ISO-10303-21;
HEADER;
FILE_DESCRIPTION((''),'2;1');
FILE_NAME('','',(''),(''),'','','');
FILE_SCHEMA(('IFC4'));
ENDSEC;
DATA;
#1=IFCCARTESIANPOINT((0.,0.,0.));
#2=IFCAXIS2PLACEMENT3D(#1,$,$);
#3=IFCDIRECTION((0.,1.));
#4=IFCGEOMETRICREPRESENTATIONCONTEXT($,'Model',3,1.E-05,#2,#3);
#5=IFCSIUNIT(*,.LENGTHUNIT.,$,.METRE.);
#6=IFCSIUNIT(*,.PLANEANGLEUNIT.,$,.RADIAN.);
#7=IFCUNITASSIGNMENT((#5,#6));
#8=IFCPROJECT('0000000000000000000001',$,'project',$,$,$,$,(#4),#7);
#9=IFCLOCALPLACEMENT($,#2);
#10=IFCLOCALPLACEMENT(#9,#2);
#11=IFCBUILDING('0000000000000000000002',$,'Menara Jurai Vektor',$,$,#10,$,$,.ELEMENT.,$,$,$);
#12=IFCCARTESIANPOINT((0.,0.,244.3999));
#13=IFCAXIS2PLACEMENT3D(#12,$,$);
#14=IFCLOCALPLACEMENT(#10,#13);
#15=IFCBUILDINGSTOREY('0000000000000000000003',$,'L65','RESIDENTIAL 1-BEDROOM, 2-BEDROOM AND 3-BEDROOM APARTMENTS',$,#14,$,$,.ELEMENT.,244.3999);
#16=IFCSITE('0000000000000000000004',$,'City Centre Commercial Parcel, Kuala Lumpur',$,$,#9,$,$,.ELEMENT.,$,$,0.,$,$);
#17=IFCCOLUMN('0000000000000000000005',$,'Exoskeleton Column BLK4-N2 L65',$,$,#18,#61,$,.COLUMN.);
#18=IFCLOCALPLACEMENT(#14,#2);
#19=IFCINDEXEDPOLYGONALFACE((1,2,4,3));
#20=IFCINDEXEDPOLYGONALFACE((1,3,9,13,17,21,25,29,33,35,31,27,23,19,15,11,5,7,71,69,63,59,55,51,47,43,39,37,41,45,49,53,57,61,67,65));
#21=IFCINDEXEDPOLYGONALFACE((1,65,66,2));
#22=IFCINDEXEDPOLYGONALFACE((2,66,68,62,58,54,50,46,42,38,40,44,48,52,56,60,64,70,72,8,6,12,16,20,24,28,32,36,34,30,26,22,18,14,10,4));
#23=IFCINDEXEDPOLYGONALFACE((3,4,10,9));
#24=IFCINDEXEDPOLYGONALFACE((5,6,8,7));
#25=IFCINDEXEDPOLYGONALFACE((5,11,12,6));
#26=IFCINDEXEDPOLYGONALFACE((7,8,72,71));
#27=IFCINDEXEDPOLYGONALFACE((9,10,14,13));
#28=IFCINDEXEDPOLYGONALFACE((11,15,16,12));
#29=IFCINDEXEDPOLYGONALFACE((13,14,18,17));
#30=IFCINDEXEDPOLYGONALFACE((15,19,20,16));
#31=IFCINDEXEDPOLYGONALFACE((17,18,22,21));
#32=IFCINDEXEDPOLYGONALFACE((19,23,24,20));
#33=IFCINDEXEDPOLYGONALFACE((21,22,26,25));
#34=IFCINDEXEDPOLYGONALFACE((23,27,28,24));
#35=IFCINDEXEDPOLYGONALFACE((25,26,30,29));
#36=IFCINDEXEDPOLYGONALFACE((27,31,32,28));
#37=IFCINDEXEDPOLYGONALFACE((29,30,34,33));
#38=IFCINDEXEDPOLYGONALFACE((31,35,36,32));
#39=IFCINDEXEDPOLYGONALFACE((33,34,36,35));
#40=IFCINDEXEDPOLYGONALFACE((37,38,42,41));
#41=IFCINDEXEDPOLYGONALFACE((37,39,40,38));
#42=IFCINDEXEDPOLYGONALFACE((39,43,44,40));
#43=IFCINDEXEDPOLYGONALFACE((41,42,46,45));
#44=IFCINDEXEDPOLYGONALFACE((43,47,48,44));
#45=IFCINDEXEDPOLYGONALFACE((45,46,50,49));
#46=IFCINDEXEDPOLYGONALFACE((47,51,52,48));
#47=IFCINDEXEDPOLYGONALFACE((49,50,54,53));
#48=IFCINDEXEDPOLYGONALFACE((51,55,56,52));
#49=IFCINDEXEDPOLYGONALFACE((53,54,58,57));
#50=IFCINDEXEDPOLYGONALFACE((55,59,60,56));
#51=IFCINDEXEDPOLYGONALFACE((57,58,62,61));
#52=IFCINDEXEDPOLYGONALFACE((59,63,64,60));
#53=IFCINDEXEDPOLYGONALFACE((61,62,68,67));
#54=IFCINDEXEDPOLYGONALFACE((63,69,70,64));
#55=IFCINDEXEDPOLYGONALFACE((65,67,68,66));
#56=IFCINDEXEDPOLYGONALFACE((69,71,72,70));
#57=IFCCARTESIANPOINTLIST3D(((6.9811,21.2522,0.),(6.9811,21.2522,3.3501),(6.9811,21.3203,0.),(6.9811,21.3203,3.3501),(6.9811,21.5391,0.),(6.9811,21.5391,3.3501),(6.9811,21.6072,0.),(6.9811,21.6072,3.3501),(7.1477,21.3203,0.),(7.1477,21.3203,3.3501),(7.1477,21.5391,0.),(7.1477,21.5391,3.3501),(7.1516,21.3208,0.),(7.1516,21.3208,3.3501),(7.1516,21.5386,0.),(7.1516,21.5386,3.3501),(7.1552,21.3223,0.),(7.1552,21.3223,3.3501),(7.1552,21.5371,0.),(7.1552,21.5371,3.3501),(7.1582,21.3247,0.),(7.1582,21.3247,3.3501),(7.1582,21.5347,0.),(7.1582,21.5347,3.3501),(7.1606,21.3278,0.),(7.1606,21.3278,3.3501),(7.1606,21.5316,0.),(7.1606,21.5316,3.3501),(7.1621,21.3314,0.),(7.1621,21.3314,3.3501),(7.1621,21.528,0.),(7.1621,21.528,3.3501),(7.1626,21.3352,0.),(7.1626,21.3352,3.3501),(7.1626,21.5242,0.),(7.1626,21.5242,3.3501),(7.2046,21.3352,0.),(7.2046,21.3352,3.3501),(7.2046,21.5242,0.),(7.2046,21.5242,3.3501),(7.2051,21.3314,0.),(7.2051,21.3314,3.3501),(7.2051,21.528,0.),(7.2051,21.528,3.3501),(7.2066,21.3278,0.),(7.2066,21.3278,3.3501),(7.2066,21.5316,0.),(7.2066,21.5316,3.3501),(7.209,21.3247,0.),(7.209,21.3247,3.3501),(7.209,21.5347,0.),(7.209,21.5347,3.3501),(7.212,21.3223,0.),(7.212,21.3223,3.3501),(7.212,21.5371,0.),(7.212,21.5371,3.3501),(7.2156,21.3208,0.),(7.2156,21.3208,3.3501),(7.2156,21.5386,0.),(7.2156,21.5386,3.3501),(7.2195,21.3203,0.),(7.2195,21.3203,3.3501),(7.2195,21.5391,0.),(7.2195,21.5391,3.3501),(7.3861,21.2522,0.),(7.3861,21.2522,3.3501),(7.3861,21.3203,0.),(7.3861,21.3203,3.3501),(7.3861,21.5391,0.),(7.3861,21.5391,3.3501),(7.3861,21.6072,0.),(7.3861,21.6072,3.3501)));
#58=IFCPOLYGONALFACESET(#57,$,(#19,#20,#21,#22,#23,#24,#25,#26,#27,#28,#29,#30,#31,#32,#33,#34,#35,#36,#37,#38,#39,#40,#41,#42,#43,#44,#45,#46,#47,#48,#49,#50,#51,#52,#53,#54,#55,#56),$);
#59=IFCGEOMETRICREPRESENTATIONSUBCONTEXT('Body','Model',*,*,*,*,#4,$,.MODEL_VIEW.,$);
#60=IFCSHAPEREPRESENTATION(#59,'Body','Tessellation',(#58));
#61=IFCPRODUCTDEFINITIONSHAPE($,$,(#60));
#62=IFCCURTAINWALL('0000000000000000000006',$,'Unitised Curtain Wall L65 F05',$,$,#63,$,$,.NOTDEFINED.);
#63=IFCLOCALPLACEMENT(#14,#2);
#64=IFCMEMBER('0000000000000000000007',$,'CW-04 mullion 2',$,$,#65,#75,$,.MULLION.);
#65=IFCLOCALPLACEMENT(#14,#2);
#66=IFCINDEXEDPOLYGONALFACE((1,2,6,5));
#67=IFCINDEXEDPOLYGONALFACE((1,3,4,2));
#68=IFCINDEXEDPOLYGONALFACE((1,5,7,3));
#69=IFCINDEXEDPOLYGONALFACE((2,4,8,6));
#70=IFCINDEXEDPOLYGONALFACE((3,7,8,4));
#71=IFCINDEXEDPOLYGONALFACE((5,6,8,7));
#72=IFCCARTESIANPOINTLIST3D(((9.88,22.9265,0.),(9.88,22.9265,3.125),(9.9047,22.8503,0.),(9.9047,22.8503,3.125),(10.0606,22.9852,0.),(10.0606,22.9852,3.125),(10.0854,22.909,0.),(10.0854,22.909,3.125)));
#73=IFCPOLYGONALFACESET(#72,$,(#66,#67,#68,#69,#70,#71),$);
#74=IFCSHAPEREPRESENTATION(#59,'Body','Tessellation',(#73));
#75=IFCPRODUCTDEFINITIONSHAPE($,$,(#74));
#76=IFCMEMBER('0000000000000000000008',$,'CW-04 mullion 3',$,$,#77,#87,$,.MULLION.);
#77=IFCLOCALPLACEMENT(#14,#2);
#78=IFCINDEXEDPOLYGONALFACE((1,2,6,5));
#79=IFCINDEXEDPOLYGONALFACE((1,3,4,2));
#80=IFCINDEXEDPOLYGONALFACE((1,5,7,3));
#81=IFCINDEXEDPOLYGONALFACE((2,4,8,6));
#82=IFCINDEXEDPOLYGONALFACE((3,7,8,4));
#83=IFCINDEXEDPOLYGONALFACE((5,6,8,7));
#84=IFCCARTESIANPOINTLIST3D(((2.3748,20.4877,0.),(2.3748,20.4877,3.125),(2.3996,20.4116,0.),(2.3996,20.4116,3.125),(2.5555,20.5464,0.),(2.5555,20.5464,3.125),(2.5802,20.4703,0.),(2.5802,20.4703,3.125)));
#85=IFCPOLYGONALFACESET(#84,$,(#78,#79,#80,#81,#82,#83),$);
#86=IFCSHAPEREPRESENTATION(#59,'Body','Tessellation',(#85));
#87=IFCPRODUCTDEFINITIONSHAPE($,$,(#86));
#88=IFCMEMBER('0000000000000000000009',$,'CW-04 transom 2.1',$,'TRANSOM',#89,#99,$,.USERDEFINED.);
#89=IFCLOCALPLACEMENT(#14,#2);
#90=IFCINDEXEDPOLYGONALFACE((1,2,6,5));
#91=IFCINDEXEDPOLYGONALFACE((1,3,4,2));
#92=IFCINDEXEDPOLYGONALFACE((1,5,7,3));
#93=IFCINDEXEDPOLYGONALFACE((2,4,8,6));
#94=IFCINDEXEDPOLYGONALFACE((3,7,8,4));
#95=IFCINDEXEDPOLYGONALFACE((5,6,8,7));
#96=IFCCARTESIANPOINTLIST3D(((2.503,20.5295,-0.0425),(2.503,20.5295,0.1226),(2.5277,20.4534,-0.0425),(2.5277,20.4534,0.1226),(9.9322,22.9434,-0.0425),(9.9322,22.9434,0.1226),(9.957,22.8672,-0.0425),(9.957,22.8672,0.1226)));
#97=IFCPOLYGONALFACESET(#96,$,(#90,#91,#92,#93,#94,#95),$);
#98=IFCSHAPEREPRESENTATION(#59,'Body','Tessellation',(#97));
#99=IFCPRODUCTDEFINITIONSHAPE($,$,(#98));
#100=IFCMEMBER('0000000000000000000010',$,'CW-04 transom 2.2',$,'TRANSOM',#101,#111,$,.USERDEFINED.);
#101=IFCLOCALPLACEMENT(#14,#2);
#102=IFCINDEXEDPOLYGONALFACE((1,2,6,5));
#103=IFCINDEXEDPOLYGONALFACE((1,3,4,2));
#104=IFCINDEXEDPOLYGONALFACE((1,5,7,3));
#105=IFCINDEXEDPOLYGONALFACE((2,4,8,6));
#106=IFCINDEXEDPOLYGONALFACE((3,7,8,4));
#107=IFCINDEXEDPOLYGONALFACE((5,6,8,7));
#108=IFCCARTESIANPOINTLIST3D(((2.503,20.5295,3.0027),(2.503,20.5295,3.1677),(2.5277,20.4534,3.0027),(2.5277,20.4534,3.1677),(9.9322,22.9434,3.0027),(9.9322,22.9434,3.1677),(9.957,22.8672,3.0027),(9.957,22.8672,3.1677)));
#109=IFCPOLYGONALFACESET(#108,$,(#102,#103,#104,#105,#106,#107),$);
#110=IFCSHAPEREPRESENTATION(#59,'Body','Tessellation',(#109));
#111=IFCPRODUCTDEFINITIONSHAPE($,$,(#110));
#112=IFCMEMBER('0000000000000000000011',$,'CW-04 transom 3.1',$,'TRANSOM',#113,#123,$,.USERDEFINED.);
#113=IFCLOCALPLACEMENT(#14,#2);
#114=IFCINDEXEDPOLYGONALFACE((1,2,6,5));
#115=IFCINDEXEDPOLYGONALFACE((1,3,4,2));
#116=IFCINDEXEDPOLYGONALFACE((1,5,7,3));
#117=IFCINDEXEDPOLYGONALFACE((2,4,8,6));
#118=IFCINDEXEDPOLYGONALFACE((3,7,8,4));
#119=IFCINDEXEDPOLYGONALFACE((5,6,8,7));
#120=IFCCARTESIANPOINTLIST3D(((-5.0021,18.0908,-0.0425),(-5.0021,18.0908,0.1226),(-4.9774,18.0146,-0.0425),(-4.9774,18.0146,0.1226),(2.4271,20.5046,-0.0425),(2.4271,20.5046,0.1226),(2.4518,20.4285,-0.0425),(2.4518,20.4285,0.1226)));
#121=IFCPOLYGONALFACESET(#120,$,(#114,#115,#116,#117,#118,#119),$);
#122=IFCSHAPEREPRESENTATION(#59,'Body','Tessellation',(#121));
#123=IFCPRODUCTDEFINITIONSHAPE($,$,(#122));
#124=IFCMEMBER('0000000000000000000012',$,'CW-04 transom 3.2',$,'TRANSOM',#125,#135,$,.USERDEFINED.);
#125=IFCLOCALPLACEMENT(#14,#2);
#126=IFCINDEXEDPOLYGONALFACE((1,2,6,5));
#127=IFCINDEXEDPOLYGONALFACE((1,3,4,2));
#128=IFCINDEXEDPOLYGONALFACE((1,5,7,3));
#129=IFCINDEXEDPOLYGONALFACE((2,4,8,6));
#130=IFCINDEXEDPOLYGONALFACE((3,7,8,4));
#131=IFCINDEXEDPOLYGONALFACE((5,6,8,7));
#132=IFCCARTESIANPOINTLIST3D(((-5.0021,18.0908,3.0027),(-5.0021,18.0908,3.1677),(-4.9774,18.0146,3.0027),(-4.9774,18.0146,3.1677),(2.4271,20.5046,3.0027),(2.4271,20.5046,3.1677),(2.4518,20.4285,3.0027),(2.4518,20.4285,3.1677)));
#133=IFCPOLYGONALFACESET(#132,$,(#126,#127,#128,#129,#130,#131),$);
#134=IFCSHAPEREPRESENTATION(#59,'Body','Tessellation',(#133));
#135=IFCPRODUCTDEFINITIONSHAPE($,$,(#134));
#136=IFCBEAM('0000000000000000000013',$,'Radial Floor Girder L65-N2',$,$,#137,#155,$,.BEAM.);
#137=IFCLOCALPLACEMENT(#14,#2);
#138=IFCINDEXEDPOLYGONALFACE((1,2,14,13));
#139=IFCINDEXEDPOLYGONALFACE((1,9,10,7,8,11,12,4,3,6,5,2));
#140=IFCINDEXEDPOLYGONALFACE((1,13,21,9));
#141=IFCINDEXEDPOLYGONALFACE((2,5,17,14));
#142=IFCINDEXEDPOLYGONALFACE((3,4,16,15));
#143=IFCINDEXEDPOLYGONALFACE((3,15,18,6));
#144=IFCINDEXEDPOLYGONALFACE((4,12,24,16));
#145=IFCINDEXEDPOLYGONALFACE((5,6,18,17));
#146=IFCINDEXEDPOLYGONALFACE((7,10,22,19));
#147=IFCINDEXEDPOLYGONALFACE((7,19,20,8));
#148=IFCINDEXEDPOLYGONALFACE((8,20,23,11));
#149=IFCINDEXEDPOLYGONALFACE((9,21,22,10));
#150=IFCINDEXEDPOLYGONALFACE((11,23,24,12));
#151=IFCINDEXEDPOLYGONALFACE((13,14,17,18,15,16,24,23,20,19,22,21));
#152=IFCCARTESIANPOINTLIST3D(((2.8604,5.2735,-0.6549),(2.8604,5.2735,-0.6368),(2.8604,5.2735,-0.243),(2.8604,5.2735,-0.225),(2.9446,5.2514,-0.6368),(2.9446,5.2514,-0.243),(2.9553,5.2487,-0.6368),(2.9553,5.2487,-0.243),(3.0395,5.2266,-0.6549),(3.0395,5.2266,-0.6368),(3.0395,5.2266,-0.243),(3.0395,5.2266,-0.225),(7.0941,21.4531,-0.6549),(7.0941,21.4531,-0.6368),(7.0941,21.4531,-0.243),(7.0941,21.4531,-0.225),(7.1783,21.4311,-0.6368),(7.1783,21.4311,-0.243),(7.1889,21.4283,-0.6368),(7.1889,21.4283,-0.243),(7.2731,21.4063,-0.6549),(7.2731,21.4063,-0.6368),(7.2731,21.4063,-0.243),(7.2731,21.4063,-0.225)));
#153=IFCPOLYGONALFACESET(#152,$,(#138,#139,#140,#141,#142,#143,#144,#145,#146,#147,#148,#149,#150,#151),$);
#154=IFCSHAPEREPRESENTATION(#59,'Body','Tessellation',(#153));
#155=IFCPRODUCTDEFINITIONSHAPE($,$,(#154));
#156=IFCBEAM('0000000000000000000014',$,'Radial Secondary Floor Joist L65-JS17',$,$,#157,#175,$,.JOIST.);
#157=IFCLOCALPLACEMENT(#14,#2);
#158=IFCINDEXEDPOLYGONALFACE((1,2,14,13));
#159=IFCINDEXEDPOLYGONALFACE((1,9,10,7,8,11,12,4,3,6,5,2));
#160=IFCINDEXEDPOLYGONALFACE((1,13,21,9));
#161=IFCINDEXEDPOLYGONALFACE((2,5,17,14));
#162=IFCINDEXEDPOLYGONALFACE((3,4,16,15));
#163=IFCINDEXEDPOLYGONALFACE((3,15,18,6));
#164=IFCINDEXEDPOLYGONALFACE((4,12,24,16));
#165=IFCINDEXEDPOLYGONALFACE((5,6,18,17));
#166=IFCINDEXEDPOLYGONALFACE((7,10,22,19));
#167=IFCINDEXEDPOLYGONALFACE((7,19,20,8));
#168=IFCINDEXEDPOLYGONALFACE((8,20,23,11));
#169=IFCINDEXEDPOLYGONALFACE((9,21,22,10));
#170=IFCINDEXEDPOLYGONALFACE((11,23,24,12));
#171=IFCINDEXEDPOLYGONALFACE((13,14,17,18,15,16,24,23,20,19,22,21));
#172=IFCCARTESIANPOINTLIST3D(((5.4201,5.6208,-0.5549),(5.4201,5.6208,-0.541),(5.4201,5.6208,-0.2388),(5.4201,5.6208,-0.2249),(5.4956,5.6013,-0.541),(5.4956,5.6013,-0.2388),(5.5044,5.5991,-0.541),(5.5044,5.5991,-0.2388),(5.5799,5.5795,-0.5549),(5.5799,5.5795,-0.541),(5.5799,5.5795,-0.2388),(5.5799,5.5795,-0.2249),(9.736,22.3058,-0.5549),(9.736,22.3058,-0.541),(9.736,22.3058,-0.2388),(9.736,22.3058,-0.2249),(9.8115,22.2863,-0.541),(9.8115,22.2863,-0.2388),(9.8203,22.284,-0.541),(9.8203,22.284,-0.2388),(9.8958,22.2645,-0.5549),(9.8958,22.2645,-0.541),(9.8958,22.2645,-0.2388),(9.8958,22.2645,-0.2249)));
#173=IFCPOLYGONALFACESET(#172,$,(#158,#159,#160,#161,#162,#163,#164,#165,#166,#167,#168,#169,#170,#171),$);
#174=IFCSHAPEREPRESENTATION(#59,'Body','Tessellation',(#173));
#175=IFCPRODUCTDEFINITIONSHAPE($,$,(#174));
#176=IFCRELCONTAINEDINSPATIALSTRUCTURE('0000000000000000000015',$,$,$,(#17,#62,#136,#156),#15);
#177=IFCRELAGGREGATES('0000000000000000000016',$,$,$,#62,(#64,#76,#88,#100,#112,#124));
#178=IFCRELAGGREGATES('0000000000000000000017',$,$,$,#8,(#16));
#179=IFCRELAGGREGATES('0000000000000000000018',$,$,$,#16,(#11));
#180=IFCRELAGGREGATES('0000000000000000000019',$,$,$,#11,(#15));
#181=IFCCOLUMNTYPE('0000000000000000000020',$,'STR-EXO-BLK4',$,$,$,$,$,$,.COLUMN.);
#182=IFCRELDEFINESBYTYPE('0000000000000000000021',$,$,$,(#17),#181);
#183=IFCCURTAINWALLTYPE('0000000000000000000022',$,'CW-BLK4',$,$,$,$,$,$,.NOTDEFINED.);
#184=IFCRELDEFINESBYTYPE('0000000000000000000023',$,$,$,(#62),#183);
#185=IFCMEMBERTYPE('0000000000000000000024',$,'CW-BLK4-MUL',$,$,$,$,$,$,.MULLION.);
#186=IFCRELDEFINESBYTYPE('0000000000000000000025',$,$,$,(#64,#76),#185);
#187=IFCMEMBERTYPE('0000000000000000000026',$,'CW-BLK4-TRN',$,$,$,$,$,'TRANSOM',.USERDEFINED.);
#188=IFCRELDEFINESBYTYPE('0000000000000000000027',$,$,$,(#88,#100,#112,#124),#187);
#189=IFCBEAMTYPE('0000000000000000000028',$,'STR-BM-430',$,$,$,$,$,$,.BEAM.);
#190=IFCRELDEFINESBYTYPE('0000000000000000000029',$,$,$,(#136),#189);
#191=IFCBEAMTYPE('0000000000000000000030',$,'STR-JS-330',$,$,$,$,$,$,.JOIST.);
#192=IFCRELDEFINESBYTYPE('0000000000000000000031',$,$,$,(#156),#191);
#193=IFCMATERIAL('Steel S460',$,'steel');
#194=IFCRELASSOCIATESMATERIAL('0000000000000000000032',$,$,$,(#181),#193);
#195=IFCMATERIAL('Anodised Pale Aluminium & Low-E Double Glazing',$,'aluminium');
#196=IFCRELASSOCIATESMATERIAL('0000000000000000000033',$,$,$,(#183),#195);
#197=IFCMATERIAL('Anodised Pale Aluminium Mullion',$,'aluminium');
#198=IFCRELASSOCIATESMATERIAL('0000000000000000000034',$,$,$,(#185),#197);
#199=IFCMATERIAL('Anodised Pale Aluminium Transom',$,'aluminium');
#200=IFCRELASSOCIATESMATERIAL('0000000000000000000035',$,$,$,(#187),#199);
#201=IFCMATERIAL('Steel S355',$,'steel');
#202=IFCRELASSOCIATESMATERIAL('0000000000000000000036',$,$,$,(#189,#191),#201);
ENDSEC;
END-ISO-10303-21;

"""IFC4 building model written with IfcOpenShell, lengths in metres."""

from ifc_helpers import new_model, si_unit, direction, frame, origin, origin_2d, place, context, subcontext, project, spatial, rectangle, i_section, extrude, material, material_profile, profile_set, type_object, element, aggregate, save


model = new_model("IFC4")

# Units and contexts
model_context = context("Model", 3, precision=1e-05, world=origin(), true_north=direction((0.0, 1.0)))
body_context = subcontext(model_context, "Body", "Model", "MODEL_VIEW")
ifc_project = project(units=[si_unit("LENGTHUNIT", "METRE"), si_unit("PLANEANGLEUNIT", "RADIAN")], contexts=[model_context])

# Site, building, storey
site_placement = place(None, origin())
site = spatial("IfcSite", under=ifc_project, at=site_placement, Name="City Centre Commercial Parcel, Kuala Lumpur", CompositionType="ELEMENT", RefElevation=0.0)
building_placement = place(site_placement, origin())
building = spatial("IfcBuilding", under=site, at=building_placement, Name="Menara Jurai Vektor", CompositionType="ELEMENT")
storey_placement = place(building_placement, frame((0.0, 0.0, 244.3999)))
storey = spatial("IfcBuildingStorey", under=building, at=storey_placement, Name="L65", Description="RESIDENTIAL 1-BEDROOM, 2-BEDROOM AND 3-BEDROOM APARTMENTS", CompositionType="ELEMENT", Elevation=244.3999)

# Column
ifc_material_1 = material(Name="Steel S460", Category="steel")
ifc_material_profile_1 = material_profile(ifc_material_1, i_section(OverallWidth=0.405, OverallDepth=0.355, WebThickness=0.042, FlangeThickness=0.0681, FilletRadius=0.0149, at=origin_2d()), Name="HD 400x551")
ifc_profile_set_1 = profile_set([ifc_material_profile_1], Name="Steel S460")
column_type = type_object("IfcColumnType", Name="STR-EXO-BLK4", PredefinedType="COLUMN", material=ifc_profile_set_1)
column_placement = place(storey_placement, frame((7.1836, 21.4297, 0.0), z_axis=(0.0, 0.0, 1.0), x_axis=(1.0, 0.0, 0.0)))
element("IfcColumn", 1, at=column_placement, inside=storey, type_object=column_type, Name="Exoskeleton Column BLK4-N2 L65", PredefinedType="COLUMN", context=body_context, shape_type="SweptSolid", body=[
    extrude(i_section(OverallWidth=0.405, OverallDepth=0.355, WebThickness=0.042, FlangeThickness=0.0681, FilletRadius=0.0149, at=origin_2d()), origin(), (0.0, 0.0, 1.0), 3.3501),
])

# Curtain wall, members
ifc_material_2 = material(Name="Anodised Pale Aluminium & Low-E Double Glazing", Category="aluminium")
curtain_wall_type = type_object("IfcCurtainWallType", Name="CW-BLK4", PredefinedType="NOTDEFINED", material=ifc_material_2)
curtain_wall_placement = place(storey_placement, origin())
curtain_wall = element("IfcCurtainWall", 2, at=curtain_wall_placement, inside=storey, type_object=curtain_wall_type, Name="Unitised Curtain Wall L65 F05", PredefinedType="NOTDEFINED")
ifc_material_3 = material(Name="Anodised Pale Aluminium Mullion", Category="aluminium")
ifc_material_profile_2 = material_profile(ifc_material_3, rectangle(XDim=0.0801, YDim=0.1899, at=origin_2d()), Name="ALU MUL 80x190")
ifc_profile_set_2 = profile_set([ifc_material_profile_2], Name="Anodised Pale Aluminium Mullion")
member_type_1 = type_object("IfcMemberType", Name="CW-BLK4-MUL", PredefinedType="MULLION", material=ifc_profile_set_2)
member_1_placement = place(storey_placement, frame((9.9827, 22.9177, 0.0), z_axis=(0.0, 0.0, 1.0), x_axis=(0.309017, -0.951056, 0.0)))
member_1 = element("IfcMember", 3, at=member_1_placement, type_object=member_type_1, Name="CW-04 mullion 2", PredefinedType="MULLION", context=body_context, shape_type="SweptSolid", body=[
    extrude(rectangle(XDim=0.0801, YDim=0.1899, at=origin_2d()), origin(), (0.0, 0.0, 1.0), 3.125),
])
member_2_placement = place(storey_placement, frame((2.4775, 20.479, 0.0), z_axis=(0.0, 0.0, 1.0), x_axis=(0.309017, -0.951056, 0.0)))
member_2 = element("IfcMember", 4, at=member_2_placement, type_object=member_type_1, Name="CW-04 mullion 3", PredefinedType="MULLION", context=body_context, shape_type="SweptSolid", body=[
    extrude(rectangle(XDim=0.0801, YDim=0.1899, at=origin_2d()), origin(), (0.0, 0.0, 1.0), 3.125),
])
ifc_material_4 = material(Name="Anodised Pale Aluminium Transom", Category="aluminium")
ifc_material_profile_3 = material_profile(ifc_material_4, rectangle(XDim=0.0801, YDim=0.165, at=origin_2d()), Name="ALU TRN 80x165")
ifc_profile_set_3 = profile_set([ifc_material_profile_3], Name="Anodised Pale Aluminium Transom")
member_type_2 = type_object("IfcMemberType", Name="CW-BLK4-TRN", ElementType="TRANSOM", PredefinedType="USERDEFINED", material=ifc_profile_set_3)
member_3_placement = place(storey_placement, frame((9.9446, 22.9053, 0.04), z_axis=(-0.951059, -0.309008, 0.0), x_axis=(0.309008, -0.951059, 0.0)))
member_3 = element("IfcMember", 5, at=member_3_placement, type_object=member_type_2, Name="CW-04 transom 2.1", ObjectType="TRANSOM", PredefinedType="USERDEFINED", context=body_context, shape_type="SweptSolid", body=[
    extrude(rectangle(XDim=0.0801, YDim=0.165, at=origin_2d()), origin(), (0.0, 0.0, 1.0), 7.8115),
])
member_4_placement = place(storey_placement, frame((9.9446, 22.9053, 3.0852), z_axis=(-0.951059, -0.309008, 0.0), x_axis=(0.309008, -0.951059, 0.0)))
member_4 = element("IfcMember", 6, at=member_4_placement, type_object=member_type_2, Name="CW-04 transom 2.2", ObjectType="TRANSOM", PredefinedType="USERDEFINED", context=body_context, shape_type="SweptSolid", body=[
    extrude(rectangle(XDim=0.0801, YDim=0.165, at=origin_2d()), origin(), (0.0, 0.0, 1.0), 7.8115),
])
member_5_placement = place(storey_placement, frame((2.4395, 20.4666, 0.04), z_axis=(-0.951059, -0.309008, 0.0), x_axis=(0.309008, -0.951059, 0.0)))
member_5 = element("IfcMember", 7, at=member_5_placement, type_object=member_type_2, Name="CW-04 transom 3.1", ObjectType="TRANSOM", PredefinedType="USERDEFINED", context=body_context, shape_type="SweptSolid", body=[
    extrude(rectangle(XDim=0.0801, YDim=0.165, at=origin_2d()), origin(), (0.0, 0.0, 1.0), 7.8115),
])
member_6_placement = place(storey_placement, frame((2.4395, 20.4666, 3.0852), z_axis=(-0.951059, -0.309008, 0.0), x_axis=(0.309008, -0.951059, 0.0)))
member_6 = element("IfcMember", 8, at=member_6_placement, type_object=member_type_2, Name="CW-04 transom 3.2", ObjectType="TRANSOM", PredefinedType="USERDEFINED", context=body_context, shape_type="SweptSolid", body=[
    extrude(rectangle(XDim=0.0801, YDim=0.165, at=origin_2d()), origin(), (0.0, 0.0, 1.0), 7.8115),
])

# Beams
ifc_material_5 = material(Name="Steel S355", Category="steel")
ifc_material_profile_4 = material_profile(ifc_material_5, i_section(OverallWidth=0.1851, OverallDepth=0.4299, WebThickness=0.011, FlangeThickness=0.0181, at=origin_2d()), Name="PG 430x185x76")
ifc_profile_set_4 = profile_set([ifc_material_profile_4], Name="Steel S355")
beam_type_1 = type_object("IfcBeamType", Name="STR-BM-430", PredefinedType="BEAM", material=ifc_profile_set_4)
beam_1_placement = place(storey_placement, frame((7.1836, 21.4297, -0.4399), z_axis=(-0.253141, -0.967429, 0.0), x_axis=(0.967429, -0.253141, 0.0)))
element("IfcBeam", 9, at=beam_1_placement, inside=storey, type_object=beam_type_1, Name="Radial Floor Girder L65-N2", PredefinedType="BEAM", context=body_context, shape_type="SweptSolid", body=[
    extrude(i_section(OverallWidth=0.1851, OverallDepth=0.4299, WebThickness=0.011, FlangeThickness=0.0181, at=origin_2d()), origin(), (0.0, 0.0, 1.0), 16.7244),
])
ifc_material_profile_5 = material_profile(ifc_material_5, i_section(OverallWidth=0.165, OverallDepth=0.3301, WebThickness=0.009, FlangeThickness=0.0139, at=origin_2d()), Name="PG 330x165x46")
ifc_profile_set_5 = profile_set([ifc_material_profile_5], Name="Steel S355")
beam_type_2 = type_object("IfcBeamType", Name="STR-JS-330", PredefinedType="JOIST", material=ifc_profile_set_5)
beam_2_placement = place(storey_placement, frame((9.8159, 22.2852, -0.3899), z_axis=(-0.250427, -0.968135, 0.0), x_axis=(0.968135, -0.250427, 0.0)))
element("IfcBeam", 10, at=beam_2_placement, inside=storey, type_object=beam_type_2, Name="Radial Secondary Floor Joist L65-JS17", PredefinedType="JOIST", context=body_context, shape_type="SweptSolid", body=[
    extrude(i_section(OverallWidth=0.165, OverallDepth=0.3301, WebThickness=0.009, FlangeThickness=0.0139, at=origin_2d()), origin(), (0.0, 0.0, 1.0), 17.2341),
])

aggregate(curtain_wall, [member_1, member_2, member_3, member_4, member_5, member_6])

save(model, "model.ifc")
